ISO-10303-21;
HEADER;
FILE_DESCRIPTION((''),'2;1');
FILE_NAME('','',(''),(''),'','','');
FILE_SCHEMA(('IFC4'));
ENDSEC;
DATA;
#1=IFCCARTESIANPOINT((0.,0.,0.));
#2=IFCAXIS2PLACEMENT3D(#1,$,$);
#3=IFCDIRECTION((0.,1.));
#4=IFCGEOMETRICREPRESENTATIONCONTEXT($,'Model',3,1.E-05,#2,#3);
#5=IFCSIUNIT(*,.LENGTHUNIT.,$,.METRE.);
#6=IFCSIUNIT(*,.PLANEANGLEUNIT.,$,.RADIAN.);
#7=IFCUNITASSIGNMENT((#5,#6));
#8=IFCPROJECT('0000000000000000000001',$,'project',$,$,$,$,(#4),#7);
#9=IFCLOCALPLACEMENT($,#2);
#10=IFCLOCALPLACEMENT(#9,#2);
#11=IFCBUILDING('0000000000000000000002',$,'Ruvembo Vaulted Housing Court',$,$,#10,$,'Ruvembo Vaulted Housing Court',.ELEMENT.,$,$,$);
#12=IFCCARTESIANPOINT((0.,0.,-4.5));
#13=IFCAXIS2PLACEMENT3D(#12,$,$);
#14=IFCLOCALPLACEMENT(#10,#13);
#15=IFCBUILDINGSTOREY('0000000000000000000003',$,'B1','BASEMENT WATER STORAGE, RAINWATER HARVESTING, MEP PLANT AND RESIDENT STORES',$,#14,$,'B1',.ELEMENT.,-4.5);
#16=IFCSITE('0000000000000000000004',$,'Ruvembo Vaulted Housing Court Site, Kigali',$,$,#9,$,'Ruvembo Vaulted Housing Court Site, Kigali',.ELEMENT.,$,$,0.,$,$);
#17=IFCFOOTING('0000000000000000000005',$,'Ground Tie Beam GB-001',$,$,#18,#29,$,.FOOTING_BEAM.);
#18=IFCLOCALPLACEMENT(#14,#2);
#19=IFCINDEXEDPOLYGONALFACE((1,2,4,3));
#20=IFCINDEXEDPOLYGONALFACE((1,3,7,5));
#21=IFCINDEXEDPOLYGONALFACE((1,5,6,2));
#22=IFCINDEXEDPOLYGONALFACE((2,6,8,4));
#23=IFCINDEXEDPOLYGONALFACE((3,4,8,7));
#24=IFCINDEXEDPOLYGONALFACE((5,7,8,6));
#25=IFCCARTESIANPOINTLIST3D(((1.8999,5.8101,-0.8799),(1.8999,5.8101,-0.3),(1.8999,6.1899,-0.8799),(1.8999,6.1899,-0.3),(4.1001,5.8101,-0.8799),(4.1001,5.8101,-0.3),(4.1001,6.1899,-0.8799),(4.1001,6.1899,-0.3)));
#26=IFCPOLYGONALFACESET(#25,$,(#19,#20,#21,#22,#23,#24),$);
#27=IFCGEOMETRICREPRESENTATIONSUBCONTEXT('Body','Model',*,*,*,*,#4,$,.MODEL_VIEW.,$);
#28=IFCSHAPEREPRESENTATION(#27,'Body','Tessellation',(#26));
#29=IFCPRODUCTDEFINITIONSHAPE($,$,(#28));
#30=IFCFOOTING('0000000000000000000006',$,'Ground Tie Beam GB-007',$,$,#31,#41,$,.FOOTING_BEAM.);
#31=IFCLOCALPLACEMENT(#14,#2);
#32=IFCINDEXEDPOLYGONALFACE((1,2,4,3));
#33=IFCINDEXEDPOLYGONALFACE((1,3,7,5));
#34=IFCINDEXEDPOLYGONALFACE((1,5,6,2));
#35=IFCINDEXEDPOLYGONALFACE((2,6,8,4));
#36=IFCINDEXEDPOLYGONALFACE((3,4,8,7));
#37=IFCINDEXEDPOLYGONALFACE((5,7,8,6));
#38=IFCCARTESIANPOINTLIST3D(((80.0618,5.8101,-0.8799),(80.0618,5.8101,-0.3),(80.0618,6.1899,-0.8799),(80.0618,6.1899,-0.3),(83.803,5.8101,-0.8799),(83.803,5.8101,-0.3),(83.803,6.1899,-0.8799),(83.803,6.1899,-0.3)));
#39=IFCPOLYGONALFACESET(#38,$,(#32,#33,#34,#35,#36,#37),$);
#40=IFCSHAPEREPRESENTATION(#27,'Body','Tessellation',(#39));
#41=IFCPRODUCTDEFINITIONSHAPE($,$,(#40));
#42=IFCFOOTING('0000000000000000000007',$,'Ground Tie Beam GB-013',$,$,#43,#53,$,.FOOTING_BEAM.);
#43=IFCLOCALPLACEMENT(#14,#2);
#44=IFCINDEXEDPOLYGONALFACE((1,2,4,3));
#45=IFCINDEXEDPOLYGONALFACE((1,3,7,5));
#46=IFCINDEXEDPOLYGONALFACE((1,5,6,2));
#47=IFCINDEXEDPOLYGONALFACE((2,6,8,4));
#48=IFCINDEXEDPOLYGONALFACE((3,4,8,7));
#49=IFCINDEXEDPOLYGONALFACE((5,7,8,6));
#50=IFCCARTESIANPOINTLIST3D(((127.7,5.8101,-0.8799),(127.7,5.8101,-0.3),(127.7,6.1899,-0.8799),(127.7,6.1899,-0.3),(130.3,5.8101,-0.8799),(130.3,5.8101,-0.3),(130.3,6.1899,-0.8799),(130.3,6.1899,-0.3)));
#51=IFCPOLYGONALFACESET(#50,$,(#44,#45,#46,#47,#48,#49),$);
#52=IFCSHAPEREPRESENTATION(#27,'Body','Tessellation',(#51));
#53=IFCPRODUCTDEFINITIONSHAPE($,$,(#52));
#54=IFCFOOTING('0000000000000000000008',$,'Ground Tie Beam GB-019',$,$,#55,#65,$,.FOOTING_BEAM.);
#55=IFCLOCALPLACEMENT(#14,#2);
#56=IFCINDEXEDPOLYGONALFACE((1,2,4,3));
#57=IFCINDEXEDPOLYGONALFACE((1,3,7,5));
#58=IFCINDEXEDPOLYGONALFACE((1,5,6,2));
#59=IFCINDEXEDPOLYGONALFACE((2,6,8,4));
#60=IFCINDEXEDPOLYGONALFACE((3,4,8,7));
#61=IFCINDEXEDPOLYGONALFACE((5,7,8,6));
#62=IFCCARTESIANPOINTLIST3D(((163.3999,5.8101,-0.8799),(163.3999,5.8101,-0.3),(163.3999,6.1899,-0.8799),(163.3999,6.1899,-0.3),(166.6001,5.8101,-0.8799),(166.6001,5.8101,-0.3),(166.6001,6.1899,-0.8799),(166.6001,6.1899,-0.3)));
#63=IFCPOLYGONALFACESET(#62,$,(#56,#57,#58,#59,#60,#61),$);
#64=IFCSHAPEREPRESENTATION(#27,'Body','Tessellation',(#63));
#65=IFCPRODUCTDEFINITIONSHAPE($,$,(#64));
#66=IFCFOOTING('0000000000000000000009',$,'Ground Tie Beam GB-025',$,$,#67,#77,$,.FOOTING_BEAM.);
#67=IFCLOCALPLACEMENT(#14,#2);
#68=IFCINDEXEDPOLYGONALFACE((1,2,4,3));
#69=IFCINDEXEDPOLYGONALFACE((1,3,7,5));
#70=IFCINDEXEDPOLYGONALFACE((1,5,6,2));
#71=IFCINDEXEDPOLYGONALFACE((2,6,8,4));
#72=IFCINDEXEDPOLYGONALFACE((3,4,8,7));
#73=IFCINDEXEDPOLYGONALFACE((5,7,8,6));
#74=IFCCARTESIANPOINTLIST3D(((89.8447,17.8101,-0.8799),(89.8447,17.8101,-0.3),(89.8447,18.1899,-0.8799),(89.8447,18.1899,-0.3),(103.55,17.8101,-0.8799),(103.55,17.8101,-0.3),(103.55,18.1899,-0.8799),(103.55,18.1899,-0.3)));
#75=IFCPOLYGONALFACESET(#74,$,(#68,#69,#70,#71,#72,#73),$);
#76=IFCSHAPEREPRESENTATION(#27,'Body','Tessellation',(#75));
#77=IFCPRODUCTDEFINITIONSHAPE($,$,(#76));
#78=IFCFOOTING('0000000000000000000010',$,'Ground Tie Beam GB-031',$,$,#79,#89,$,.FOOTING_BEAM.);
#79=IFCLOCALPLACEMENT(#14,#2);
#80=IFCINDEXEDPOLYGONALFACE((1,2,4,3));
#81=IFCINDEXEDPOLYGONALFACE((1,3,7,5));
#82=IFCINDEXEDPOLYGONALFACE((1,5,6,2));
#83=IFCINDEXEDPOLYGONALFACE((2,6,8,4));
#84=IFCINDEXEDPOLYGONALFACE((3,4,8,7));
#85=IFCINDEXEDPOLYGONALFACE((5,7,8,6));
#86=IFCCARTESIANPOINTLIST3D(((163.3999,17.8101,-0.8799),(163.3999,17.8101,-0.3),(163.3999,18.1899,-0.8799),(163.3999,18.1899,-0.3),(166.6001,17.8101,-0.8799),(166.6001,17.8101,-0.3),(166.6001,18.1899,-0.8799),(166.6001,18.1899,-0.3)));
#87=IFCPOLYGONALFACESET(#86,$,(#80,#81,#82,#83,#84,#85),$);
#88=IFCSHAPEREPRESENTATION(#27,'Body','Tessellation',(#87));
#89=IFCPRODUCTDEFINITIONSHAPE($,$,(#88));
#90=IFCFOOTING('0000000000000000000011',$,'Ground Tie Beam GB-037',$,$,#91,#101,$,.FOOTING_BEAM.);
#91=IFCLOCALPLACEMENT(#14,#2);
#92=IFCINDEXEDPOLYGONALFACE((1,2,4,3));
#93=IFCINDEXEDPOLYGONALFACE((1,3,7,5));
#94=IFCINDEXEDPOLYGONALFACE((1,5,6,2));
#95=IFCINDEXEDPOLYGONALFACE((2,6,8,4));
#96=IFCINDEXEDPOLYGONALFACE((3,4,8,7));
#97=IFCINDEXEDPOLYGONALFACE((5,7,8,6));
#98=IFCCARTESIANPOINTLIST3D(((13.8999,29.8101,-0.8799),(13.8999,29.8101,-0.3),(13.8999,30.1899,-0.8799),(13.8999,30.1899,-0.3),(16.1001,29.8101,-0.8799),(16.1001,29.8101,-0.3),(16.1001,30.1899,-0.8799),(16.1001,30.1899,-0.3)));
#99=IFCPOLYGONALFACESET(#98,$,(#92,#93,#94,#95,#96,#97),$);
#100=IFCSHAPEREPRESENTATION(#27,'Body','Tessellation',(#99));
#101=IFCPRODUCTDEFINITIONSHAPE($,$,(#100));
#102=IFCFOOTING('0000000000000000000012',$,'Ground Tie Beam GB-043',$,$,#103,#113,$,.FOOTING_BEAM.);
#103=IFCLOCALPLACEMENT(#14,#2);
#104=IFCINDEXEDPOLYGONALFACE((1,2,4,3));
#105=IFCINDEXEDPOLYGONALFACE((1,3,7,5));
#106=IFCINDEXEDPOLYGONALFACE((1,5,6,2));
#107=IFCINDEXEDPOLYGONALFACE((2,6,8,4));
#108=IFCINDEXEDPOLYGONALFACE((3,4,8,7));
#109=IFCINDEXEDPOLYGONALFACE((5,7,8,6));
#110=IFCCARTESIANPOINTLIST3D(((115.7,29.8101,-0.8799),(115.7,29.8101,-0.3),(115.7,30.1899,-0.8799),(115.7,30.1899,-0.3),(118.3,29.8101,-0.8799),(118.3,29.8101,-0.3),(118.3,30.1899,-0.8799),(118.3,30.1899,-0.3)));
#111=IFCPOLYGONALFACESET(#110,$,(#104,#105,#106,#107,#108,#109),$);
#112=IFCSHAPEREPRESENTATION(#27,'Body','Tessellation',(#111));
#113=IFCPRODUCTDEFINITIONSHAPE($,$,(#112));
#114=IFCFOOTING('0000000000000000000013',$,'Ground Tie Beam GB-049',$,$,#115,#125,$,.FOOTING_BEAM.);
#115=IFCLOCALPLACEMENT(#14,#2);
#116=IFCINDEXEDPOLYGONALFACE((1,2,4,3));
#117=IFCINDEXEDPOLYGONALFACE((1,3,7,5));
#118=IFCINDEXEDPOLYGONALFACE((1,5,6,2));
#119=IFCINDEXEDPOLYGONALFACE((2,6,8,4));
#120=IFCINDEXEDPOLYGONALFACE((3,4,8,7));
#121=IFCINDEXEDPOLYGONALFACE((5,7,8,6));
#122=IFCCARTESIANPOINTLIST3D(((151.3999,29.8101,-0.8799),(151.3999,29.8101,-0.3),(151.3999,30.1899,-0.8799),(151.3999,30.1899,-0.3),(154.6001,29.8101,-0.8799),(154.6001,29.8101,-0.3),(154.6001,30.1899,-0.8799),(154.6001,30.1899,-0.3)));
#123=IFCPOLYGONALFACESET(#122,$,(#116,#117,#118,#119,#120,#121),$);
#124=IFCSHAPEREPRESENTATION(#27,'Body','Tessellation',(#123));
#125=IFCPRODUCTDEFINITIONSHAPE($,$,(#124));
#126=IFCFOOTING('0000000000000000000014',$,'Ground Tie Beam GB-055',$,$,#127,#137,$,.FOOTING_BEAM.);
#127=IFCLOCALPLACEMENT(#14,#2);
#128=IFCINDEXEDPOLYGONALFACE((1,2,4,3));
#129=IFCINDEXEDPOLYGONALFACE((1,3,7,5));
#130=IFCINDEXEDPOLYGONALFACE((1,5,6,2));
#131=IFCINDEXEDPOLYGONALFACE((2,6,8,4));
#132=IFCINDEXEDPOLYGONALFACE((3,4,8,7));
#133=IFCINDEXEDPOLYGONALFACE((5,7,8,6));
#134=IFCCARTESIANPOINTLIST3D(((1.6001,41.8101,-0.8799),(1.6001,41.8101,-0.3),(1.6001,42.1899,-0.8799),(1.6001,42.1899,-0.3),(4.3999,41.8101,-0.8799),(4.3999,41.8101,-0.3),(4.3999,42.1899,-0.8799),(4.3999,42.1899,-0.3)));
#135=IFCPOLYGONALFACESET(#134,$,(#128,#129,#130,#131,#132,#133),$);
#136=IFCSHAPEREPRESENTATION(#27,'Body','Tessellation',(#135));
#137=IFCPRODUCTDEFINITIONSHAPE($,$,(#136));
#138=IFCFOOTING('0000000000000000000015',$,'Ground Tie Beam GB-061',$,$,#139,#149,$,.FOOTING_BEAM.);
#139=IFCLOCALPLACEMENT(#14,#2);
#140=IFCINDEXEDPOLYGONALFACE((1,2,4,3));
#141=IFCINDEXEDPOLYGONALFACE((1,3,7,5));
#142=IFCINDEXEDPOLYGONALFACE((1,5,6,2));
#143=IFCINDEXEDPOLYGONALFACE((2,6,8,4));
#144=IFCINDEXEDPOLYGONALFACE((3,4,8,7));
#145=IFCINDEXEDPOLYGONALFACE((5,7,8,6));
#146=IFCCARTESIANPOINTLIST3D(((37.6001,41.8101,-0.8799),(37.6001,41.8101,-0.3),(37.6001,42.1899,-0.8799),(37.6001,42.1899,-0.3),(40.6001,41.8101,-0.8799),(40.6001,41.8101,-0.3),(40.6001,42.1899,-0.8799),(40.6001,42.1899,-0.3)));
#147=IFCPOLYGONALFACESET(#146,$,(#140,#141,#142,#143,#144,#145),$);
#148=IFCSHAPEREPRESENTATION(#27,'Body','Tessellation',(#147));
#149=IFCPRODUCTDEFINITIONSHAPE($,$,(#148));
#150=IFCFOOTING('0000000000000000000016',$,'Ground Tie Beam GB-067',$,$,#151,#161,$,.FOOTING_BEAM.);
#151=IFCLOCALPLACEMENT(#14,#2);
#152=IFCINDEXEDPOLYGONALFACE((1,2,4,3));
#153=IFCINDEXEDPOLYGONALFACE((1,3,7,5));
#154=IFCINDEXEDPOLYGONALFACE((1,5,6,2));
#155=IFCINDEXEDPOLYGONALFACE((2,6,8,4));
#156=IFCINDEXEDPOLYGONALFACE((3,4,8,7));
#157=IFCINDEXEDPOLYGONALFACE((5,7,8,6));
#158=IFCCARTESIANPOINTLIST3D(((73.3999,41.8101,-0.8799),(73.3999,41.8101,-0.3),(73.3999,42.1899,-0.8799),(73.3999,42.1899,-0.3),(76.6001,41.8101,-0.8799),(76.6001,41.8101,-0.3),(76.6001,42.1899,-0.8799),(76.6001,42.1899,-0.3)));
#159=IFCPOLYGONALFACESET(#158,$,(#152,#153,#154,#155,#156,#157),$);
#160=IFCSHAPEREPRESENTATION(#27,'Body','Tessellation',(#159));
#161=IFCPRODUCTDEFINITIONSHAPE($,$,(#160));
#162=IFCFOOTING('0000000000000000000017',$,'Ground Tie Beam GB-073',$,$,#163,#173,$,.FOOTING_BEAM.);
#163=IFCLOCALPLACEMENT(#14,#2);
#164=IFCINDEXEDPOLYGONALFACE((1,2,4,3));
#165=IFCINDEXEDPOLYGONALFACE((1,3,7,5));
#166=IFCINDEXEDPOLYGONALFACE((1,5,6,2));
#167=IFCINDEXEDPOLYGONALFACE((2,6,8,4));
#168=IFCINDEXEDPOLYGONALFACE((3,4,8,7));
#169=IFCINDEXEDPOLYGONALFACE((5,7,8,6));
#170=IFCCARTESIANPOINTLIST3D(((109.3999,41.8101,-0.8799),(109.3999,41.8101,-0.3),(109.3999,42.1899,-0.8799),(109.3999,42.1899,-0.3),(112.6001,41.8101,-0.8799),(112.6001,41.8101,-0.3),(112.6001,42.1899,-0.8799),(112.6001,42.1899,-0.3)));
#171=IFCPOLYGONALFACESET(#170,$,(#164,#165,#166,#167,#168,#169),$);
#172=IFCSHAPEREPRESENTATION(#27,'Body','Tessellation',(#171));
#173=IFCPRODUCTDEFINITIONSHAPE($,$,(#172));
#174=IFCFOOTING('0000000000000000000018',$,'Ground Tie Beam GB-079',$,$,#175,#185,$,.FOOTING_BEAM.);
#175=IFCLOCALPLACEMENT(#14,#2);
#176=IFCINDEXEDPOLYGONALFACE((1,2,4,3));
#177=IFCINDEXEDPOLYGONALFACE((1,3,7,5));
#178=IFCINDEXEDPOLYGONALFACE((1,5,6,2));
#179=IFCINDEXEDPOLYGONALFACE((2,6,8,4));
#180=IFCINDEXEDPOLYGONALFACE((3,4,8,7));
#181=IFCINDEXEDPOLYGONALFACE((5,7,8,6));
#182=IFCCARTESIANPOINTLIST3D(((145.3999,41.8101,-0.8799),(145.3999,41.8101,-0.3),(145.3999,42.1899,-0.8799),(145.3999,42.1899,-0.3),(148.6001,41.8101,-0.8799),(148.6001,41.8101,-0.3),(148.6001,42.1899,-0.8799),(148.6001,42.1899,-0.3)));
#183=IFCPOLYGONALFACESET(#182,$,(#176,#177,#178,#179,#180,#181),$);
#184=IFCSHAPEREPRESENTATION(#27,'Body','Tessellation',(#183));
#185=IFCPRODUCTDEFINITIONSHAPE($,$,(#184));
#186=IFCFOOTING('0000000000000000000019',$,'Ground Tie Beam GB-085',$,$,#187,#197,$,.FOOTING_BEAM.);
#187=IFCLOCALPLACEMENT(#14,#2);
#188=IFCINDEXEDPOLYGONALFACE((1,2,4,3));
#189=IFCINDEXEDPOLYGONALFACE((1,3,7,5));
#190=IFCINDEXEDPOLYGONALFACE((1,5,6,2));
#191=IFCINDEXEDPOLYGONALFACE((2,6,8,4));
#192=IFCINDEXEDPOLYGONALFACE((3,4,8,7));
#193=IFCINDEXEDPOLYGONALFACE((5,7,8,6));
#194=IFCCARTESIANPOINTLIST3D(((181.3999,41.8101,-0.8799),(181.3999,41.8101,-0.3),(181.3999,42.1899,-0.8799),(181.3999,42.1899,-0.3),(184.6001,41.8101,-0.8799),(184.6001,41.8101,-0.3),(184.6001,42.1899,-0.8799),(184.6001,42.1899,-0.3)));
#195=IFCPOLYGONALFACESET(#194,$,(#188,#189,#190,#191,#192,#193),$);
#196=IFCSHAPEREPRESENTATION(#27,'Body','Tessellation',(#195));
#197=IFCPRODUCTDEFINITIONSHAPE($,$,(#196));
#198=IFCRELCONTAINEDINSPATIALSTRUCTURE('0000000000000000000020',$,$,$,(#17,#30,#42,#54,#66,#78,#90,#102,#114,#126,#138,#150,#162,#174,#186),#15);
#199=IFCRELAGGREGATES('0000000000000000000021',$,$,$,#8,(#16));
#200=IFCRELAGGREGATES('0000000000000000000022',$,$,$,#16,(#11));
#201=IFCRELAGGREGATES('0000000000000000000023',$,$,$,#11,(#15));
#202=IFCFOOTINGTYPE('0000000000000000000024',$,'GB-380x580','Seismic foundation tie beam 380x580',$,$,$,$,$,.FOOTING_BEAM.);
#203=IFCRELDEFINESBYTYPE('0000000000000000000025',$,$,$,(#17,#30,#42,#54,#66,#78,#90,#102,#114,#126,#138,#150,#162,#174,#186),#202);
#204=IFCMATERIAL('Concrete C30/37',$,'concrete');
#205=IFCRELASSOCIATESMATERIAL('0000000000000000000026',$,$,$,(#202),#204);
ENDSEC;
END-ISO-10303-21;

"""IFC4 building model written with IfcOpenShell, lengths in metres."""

from ifc_helpers import new_model, si_unit, direction, frame, origin, place, context, subcontext, project, spatial, polyline, outline, extrude, material, type_object, element, save


model = new_model("IFC4")

# Units and contexts
model_context = context("Model", 3, precision=1e-05, world=origin(), true_north=direction((0.0, 1.0)))
body_context = subcontext(model_context, "Body", "Model", "MODEL_VIEW")
ifc_project = project(units=[si_unit("LENGTHUNIT", "METRE"), si_unit("PLANEANGLEUNIT", "RADIAN")], contexts=[model_context])

# Site, building, storey
site_placement = place(None, origin())
site = spatial("IfcSite", under=ifc_project, at=site_placement, Name="Ruvembo Vaulted Housing Court Site, Kigali", LongName="Ruvembo Vaulted Housing Court Site, Kigali", CompositionType="ELEMENT", RefElevation=0.0)
building_placement = place(site_placement, origin())
building = spatial("IfcBuilding", under=site, at=building_placement, Name="Ruvembo Vaulted Housing Court", LongName="Ruvembo Vaulted Housing Court", CompositionType="ELEMENT")
storey_placement = place(building_placement, frame((0.0, 0.0, -4.5)))
storey = spatial("IfcBuildingStorey", under=building, at=storey_placement, Name="B1", Description="BASEMENT WATER STORAGE, RAINWATER HARVESTING, MEP PLANT AND RESIDENT STORES", LongName="B1", CompositionType="ELEMENT", Elevation=-4.5)

# Footings
ifc_material = material(Name="Concrete C30/37", Category="concrete")
footing_type_1 = type_object("IfcFootingType", Name="GB-380x580", Description="Seismic foundation tie beam 380x580", PredefinedType="FOOTING_BEAM", material=ifc_material)
footing_1_placement = place(storey_placement, frame((0.0, 0.0, -0.8799)))
element("IfcFooting", 1, at=footing_1_placement, inside=storey, type_object=footing_type_1, Name="Ground Tie Beam GB-001", PredefinedType="FOOTING_BEAM", context=body_context, shape_type="SweptSolid", body=[
    extrude(outline(polyline([(1.8999, 5.8101), (4.1001, 5.8101), (4.1001, 6.1899), (1.8999, 6.1899), (1.8999, 5.8101)])), origin(), (0.0, 0.0, 1.0), 0.5798),
])
footing_2_placement = place(storey_placement, frame((0.0, 0.0, -0.8799)))
element("IfcFooting", 2, at=footing_2_placement, inside=storey, type_object=footing_type_1, Name="Ground Tie Beam GB-007", PredefinedType="FOOTING_BEAM", context=body_context, shape_type="SweptSolid", body=[
    extrude(outline(polyline([(80.0618, 5.8101), (83.803, 5.8101), (83.803, 6.1899), (80.0618, 6.1899), (80.0618, 5.8101)])), origin(), (0.0, 0.0, 1.0), 0.5798),
])
footing_3_placement = place(storey_placement, frame((0.0, 0.0, -0.8799)))
element("IfcFooting", 3, at=footing_3_placement, inside=storey, type_object=footing_type_1, Name="Ground Tie Beam GB-013", PredefinedType="FOOTING_BEAM", context=body_context, shape_type="SweptSolid", body=[
    extrude(outline(polyline([(127.7, 5.8101), (130.3, 5.8101), (130.3, 6.1899), (127.7, 6.1899), (127.7, 5.8101)])), origin(), (0.0, 0.0, 1.0), 0.5798),
])
footing_4_placement = place(storey_placement, frame((0.0, 0.0, -0.8799)))
element("IfcFooting", 4, at=footing_4_placement, inside=storey, type_object=footing_type_1, Name="Ground Tie Beam GB-019", PredefinedType="FOOTING_BEAM", context=body_context, shape_type="SweptSolid", body=[
    extrude(outline(polyline([(163.3999, 5.8101), (166.6001, 5.8101), (166.6001, 6.1899), (163.3999, 6.1899), (163.3999, 5.8101)])), origin(), (0.0, 0.0, 1.0), 0.5798),
])
footing_5_placement = place(storey_placement, frame((0.0, 0.0, -0.8799)))
element("IfcFooting", 5, at=footing_5_placement, inside=storey, type_object=footing_type_1, Name="Ground Tie Beam GB-025", PredefinedType="FOOTING_BEAM", context=body_context, shape_type="SweptSolid", body=[
    extrude(outline(polyline([(89.8447, 17.8101), (103.55, 17.8101), (103.55, 18.1899), (89.8447, 18.1899), (89.8447, 17.8101)])), origin(), (0.0, 0.0, 1.0), 0.5798),
])
footing_6_placement = place(storey_placement, frame((0.0, 0.0, -0.8799)))
element("IfcFooting", 6, at=footing_6_placement, inside=storey, type_object=footing_type_1, Name="Ground Tie Beam GB-031", PredefinedType="FOOTING_BEAM", context=body_context, shape_type="SweptSolid", body=[
    extrude(outline(polyline([(163.3999, 17.8101), (166.6001, 17.8101), (166.6001, 18.1899), (163.3999, 18.1899), (163.3999, 17.8101)])), origin(), (0.0, 0.0, 1.0), 0.5798),
])
footing_7_placement = place(storey_placement, frame((0.0, 0.0, -0.8799)))
element("IfcFooting", 7, at=footing_7_placement, inside=storey, type_object=footing_type_1, Name="Ground Tie Beam GB-037", PredefinedType="FOOTING_BEAM", context=body_context, shape_type="SweptSolid", body=[
    extrude(outline(polyline([(13.8999, 29.8101), (16.1001, 29.8101), (16.1001, 30.1899), (13.8999, 30.1899), (13.8999, 29.8101)])), origin(), (0.0, 0.0, 1.0), 0.5798),
])
footing_8_placement = place(storey_placement, frame((0.0, 0.0, -0.8799)))
element("IfcFooting", 8, at=footing_8_placement, inside=storey, type_object=footing_type_1, Name="Ground Tie Beam GB-043", PredefinedType="FOOTING_BEAM", context=body_context, shape_type="SweptSolid", body=[
    extrude(outline(polyline([(115.7, 29.8101), (118.3, 29.8101), (118.3, 30.1899), (115.7, 30.1899), (115.7, 29.8101)])), origin(), (0.0, 0.0, 1.0), 0.5798),
])
footing_9_placement = place(storey_placement, frame((0.0, 0.0, -0.8799)))
element("IfcFooting", 9, at=footing_9_placement, inside=storey, type_object=footing_type_1, Name="Ground Tie Beam GB-049", PredefinedType="FOOTING_BEAM", context=body_context, shape_type="SweptSolid", body=[
    extrude(outline(polyline([(151.3999, 29.8101), (154.6001, 29.8101), (154.6001, 30.1899), (151.3999, 30.1899), (151.3999, 29.8101)])), origin(), (0.0, 0.0, 1.0), 0.5798),
])
footing_10_placement = place(storey_placement, frame((0.0, 0.0, -0.8799)))
element("IfcFooting", 10, at=footing_10_placement, inside=storey, type_object=footing_type_1, Name="Ground Tie Beam GB-055", PredefinedType="FOOTING_BEAM", context=body_context, shape_type="SweptSolid", body=[
    extrude(outline(polyline([(1.6001, 41.8101), (4.3999, 41.8101), (4.3999, 42.1899), (1.6001, 42.1899), (1.6001, 41.8101)])), origin(), (0.0, 0.0, 1.0), 0.5798),
])
footing_11_placement = place(storey_placement, frame((0.0, 0.0, -0.8799)))
element("IfcFooting", 11, at=footing_11_placement, inside=storey, type_object=footing_type_1, Name="Ground Tie Beam GB-061", PredefinedType="FOOTING_BEAM", context=body_context, shape_type="SweptSolid", body=[
    extrude(outline(polyline([(37.6001, 41.8101), (40.6001, 41.8101), (40.6001, 42.1899), (37.6001, 42.1899), (37.6001, 41.8101)])), origin(), (0.0, 0.0, 1.0), 0.5798),
])
footing_12_placement = place(storey_placement, frame((0.0, 0.0, -0.8799)))
element("IfcFooting", 12, at=footing_12_placement, inside=storey, type_object=footing_type_1, Name="Ground Tie Beam GB-067", PredefinedType="FOOTING_BEAM", context=body_context, shape_type="SweptSolid", body=[
    extrude(outline(polyline([(73.3999, 41.8101), (76.6001, 41.8101), (76.6001, 42.1899), (73.3999, 42.1899), (73.3999, 41.8101)])), origin(), (0.0, 0.0, 1.0), 0.5798),
])
footing_13_placement = place(storey_placement, frame((0.0, 0.0, -0.8799)))
element("IfcFooting", 13, at=footing_13_placement, inside=storey, type_object=footing_type_1, Name="Ground Tie Beam GB-073", PredefinedType="FOOTING_BEAM", context=body_context, shape_type="SweptSolid", body=[
    extrude(outline(polyline([(109.3999, 41.8101), (112.6001, 41.8101), (112.6001, 42.1899), (109.3999, 42.1899), (109.3999, 41.8101)])), origin(), (0.0, 0.0, 1.0), 0.5798),
])
footing_14_placement = place(storey_placement, frame((0.0, 0.0, -0.8799)))
element("IfcFooting", 14, at=footing_14_placement, inside=storey, type_object=footing_type_1, Name="Ground Tie Beam GB-079", PredefinedType="FOOTING_BEAM", context=body_context, shape_type="SweptSolid", body=[
    extrude(outline(polyline([(145.3999, 41.8101), (148.6001, 41.8101), (148.6001, 42.1899), (145.3999, 42.1899), (145.3999, 41.8101)])), origin(), (0.0, 0.0, 1.0), 0.5798),
])
footing_15_placement = place(storey_placement, frame((0.0, 0.0, -0.8799)))
element("IfcFooting", 15, at=footing_15_placement, inside=storey, type_object=footing_type_1, Name="Ground Tie Beam GB-085", PredefinedType="FOOTING_BEAM", context=body_context, shape_type="SweptSolid", body=[
    extrude(outline(polyline([(181.3999, 41.8101), (184.6001, 41.8101), (184.6001, 42.1899), (181.3999, 42.1899), (181.3999, 41.8101)])), origin(), (0.0, 0.0, 1.0), 0.5798),
])

save(model, "model.ifc")
